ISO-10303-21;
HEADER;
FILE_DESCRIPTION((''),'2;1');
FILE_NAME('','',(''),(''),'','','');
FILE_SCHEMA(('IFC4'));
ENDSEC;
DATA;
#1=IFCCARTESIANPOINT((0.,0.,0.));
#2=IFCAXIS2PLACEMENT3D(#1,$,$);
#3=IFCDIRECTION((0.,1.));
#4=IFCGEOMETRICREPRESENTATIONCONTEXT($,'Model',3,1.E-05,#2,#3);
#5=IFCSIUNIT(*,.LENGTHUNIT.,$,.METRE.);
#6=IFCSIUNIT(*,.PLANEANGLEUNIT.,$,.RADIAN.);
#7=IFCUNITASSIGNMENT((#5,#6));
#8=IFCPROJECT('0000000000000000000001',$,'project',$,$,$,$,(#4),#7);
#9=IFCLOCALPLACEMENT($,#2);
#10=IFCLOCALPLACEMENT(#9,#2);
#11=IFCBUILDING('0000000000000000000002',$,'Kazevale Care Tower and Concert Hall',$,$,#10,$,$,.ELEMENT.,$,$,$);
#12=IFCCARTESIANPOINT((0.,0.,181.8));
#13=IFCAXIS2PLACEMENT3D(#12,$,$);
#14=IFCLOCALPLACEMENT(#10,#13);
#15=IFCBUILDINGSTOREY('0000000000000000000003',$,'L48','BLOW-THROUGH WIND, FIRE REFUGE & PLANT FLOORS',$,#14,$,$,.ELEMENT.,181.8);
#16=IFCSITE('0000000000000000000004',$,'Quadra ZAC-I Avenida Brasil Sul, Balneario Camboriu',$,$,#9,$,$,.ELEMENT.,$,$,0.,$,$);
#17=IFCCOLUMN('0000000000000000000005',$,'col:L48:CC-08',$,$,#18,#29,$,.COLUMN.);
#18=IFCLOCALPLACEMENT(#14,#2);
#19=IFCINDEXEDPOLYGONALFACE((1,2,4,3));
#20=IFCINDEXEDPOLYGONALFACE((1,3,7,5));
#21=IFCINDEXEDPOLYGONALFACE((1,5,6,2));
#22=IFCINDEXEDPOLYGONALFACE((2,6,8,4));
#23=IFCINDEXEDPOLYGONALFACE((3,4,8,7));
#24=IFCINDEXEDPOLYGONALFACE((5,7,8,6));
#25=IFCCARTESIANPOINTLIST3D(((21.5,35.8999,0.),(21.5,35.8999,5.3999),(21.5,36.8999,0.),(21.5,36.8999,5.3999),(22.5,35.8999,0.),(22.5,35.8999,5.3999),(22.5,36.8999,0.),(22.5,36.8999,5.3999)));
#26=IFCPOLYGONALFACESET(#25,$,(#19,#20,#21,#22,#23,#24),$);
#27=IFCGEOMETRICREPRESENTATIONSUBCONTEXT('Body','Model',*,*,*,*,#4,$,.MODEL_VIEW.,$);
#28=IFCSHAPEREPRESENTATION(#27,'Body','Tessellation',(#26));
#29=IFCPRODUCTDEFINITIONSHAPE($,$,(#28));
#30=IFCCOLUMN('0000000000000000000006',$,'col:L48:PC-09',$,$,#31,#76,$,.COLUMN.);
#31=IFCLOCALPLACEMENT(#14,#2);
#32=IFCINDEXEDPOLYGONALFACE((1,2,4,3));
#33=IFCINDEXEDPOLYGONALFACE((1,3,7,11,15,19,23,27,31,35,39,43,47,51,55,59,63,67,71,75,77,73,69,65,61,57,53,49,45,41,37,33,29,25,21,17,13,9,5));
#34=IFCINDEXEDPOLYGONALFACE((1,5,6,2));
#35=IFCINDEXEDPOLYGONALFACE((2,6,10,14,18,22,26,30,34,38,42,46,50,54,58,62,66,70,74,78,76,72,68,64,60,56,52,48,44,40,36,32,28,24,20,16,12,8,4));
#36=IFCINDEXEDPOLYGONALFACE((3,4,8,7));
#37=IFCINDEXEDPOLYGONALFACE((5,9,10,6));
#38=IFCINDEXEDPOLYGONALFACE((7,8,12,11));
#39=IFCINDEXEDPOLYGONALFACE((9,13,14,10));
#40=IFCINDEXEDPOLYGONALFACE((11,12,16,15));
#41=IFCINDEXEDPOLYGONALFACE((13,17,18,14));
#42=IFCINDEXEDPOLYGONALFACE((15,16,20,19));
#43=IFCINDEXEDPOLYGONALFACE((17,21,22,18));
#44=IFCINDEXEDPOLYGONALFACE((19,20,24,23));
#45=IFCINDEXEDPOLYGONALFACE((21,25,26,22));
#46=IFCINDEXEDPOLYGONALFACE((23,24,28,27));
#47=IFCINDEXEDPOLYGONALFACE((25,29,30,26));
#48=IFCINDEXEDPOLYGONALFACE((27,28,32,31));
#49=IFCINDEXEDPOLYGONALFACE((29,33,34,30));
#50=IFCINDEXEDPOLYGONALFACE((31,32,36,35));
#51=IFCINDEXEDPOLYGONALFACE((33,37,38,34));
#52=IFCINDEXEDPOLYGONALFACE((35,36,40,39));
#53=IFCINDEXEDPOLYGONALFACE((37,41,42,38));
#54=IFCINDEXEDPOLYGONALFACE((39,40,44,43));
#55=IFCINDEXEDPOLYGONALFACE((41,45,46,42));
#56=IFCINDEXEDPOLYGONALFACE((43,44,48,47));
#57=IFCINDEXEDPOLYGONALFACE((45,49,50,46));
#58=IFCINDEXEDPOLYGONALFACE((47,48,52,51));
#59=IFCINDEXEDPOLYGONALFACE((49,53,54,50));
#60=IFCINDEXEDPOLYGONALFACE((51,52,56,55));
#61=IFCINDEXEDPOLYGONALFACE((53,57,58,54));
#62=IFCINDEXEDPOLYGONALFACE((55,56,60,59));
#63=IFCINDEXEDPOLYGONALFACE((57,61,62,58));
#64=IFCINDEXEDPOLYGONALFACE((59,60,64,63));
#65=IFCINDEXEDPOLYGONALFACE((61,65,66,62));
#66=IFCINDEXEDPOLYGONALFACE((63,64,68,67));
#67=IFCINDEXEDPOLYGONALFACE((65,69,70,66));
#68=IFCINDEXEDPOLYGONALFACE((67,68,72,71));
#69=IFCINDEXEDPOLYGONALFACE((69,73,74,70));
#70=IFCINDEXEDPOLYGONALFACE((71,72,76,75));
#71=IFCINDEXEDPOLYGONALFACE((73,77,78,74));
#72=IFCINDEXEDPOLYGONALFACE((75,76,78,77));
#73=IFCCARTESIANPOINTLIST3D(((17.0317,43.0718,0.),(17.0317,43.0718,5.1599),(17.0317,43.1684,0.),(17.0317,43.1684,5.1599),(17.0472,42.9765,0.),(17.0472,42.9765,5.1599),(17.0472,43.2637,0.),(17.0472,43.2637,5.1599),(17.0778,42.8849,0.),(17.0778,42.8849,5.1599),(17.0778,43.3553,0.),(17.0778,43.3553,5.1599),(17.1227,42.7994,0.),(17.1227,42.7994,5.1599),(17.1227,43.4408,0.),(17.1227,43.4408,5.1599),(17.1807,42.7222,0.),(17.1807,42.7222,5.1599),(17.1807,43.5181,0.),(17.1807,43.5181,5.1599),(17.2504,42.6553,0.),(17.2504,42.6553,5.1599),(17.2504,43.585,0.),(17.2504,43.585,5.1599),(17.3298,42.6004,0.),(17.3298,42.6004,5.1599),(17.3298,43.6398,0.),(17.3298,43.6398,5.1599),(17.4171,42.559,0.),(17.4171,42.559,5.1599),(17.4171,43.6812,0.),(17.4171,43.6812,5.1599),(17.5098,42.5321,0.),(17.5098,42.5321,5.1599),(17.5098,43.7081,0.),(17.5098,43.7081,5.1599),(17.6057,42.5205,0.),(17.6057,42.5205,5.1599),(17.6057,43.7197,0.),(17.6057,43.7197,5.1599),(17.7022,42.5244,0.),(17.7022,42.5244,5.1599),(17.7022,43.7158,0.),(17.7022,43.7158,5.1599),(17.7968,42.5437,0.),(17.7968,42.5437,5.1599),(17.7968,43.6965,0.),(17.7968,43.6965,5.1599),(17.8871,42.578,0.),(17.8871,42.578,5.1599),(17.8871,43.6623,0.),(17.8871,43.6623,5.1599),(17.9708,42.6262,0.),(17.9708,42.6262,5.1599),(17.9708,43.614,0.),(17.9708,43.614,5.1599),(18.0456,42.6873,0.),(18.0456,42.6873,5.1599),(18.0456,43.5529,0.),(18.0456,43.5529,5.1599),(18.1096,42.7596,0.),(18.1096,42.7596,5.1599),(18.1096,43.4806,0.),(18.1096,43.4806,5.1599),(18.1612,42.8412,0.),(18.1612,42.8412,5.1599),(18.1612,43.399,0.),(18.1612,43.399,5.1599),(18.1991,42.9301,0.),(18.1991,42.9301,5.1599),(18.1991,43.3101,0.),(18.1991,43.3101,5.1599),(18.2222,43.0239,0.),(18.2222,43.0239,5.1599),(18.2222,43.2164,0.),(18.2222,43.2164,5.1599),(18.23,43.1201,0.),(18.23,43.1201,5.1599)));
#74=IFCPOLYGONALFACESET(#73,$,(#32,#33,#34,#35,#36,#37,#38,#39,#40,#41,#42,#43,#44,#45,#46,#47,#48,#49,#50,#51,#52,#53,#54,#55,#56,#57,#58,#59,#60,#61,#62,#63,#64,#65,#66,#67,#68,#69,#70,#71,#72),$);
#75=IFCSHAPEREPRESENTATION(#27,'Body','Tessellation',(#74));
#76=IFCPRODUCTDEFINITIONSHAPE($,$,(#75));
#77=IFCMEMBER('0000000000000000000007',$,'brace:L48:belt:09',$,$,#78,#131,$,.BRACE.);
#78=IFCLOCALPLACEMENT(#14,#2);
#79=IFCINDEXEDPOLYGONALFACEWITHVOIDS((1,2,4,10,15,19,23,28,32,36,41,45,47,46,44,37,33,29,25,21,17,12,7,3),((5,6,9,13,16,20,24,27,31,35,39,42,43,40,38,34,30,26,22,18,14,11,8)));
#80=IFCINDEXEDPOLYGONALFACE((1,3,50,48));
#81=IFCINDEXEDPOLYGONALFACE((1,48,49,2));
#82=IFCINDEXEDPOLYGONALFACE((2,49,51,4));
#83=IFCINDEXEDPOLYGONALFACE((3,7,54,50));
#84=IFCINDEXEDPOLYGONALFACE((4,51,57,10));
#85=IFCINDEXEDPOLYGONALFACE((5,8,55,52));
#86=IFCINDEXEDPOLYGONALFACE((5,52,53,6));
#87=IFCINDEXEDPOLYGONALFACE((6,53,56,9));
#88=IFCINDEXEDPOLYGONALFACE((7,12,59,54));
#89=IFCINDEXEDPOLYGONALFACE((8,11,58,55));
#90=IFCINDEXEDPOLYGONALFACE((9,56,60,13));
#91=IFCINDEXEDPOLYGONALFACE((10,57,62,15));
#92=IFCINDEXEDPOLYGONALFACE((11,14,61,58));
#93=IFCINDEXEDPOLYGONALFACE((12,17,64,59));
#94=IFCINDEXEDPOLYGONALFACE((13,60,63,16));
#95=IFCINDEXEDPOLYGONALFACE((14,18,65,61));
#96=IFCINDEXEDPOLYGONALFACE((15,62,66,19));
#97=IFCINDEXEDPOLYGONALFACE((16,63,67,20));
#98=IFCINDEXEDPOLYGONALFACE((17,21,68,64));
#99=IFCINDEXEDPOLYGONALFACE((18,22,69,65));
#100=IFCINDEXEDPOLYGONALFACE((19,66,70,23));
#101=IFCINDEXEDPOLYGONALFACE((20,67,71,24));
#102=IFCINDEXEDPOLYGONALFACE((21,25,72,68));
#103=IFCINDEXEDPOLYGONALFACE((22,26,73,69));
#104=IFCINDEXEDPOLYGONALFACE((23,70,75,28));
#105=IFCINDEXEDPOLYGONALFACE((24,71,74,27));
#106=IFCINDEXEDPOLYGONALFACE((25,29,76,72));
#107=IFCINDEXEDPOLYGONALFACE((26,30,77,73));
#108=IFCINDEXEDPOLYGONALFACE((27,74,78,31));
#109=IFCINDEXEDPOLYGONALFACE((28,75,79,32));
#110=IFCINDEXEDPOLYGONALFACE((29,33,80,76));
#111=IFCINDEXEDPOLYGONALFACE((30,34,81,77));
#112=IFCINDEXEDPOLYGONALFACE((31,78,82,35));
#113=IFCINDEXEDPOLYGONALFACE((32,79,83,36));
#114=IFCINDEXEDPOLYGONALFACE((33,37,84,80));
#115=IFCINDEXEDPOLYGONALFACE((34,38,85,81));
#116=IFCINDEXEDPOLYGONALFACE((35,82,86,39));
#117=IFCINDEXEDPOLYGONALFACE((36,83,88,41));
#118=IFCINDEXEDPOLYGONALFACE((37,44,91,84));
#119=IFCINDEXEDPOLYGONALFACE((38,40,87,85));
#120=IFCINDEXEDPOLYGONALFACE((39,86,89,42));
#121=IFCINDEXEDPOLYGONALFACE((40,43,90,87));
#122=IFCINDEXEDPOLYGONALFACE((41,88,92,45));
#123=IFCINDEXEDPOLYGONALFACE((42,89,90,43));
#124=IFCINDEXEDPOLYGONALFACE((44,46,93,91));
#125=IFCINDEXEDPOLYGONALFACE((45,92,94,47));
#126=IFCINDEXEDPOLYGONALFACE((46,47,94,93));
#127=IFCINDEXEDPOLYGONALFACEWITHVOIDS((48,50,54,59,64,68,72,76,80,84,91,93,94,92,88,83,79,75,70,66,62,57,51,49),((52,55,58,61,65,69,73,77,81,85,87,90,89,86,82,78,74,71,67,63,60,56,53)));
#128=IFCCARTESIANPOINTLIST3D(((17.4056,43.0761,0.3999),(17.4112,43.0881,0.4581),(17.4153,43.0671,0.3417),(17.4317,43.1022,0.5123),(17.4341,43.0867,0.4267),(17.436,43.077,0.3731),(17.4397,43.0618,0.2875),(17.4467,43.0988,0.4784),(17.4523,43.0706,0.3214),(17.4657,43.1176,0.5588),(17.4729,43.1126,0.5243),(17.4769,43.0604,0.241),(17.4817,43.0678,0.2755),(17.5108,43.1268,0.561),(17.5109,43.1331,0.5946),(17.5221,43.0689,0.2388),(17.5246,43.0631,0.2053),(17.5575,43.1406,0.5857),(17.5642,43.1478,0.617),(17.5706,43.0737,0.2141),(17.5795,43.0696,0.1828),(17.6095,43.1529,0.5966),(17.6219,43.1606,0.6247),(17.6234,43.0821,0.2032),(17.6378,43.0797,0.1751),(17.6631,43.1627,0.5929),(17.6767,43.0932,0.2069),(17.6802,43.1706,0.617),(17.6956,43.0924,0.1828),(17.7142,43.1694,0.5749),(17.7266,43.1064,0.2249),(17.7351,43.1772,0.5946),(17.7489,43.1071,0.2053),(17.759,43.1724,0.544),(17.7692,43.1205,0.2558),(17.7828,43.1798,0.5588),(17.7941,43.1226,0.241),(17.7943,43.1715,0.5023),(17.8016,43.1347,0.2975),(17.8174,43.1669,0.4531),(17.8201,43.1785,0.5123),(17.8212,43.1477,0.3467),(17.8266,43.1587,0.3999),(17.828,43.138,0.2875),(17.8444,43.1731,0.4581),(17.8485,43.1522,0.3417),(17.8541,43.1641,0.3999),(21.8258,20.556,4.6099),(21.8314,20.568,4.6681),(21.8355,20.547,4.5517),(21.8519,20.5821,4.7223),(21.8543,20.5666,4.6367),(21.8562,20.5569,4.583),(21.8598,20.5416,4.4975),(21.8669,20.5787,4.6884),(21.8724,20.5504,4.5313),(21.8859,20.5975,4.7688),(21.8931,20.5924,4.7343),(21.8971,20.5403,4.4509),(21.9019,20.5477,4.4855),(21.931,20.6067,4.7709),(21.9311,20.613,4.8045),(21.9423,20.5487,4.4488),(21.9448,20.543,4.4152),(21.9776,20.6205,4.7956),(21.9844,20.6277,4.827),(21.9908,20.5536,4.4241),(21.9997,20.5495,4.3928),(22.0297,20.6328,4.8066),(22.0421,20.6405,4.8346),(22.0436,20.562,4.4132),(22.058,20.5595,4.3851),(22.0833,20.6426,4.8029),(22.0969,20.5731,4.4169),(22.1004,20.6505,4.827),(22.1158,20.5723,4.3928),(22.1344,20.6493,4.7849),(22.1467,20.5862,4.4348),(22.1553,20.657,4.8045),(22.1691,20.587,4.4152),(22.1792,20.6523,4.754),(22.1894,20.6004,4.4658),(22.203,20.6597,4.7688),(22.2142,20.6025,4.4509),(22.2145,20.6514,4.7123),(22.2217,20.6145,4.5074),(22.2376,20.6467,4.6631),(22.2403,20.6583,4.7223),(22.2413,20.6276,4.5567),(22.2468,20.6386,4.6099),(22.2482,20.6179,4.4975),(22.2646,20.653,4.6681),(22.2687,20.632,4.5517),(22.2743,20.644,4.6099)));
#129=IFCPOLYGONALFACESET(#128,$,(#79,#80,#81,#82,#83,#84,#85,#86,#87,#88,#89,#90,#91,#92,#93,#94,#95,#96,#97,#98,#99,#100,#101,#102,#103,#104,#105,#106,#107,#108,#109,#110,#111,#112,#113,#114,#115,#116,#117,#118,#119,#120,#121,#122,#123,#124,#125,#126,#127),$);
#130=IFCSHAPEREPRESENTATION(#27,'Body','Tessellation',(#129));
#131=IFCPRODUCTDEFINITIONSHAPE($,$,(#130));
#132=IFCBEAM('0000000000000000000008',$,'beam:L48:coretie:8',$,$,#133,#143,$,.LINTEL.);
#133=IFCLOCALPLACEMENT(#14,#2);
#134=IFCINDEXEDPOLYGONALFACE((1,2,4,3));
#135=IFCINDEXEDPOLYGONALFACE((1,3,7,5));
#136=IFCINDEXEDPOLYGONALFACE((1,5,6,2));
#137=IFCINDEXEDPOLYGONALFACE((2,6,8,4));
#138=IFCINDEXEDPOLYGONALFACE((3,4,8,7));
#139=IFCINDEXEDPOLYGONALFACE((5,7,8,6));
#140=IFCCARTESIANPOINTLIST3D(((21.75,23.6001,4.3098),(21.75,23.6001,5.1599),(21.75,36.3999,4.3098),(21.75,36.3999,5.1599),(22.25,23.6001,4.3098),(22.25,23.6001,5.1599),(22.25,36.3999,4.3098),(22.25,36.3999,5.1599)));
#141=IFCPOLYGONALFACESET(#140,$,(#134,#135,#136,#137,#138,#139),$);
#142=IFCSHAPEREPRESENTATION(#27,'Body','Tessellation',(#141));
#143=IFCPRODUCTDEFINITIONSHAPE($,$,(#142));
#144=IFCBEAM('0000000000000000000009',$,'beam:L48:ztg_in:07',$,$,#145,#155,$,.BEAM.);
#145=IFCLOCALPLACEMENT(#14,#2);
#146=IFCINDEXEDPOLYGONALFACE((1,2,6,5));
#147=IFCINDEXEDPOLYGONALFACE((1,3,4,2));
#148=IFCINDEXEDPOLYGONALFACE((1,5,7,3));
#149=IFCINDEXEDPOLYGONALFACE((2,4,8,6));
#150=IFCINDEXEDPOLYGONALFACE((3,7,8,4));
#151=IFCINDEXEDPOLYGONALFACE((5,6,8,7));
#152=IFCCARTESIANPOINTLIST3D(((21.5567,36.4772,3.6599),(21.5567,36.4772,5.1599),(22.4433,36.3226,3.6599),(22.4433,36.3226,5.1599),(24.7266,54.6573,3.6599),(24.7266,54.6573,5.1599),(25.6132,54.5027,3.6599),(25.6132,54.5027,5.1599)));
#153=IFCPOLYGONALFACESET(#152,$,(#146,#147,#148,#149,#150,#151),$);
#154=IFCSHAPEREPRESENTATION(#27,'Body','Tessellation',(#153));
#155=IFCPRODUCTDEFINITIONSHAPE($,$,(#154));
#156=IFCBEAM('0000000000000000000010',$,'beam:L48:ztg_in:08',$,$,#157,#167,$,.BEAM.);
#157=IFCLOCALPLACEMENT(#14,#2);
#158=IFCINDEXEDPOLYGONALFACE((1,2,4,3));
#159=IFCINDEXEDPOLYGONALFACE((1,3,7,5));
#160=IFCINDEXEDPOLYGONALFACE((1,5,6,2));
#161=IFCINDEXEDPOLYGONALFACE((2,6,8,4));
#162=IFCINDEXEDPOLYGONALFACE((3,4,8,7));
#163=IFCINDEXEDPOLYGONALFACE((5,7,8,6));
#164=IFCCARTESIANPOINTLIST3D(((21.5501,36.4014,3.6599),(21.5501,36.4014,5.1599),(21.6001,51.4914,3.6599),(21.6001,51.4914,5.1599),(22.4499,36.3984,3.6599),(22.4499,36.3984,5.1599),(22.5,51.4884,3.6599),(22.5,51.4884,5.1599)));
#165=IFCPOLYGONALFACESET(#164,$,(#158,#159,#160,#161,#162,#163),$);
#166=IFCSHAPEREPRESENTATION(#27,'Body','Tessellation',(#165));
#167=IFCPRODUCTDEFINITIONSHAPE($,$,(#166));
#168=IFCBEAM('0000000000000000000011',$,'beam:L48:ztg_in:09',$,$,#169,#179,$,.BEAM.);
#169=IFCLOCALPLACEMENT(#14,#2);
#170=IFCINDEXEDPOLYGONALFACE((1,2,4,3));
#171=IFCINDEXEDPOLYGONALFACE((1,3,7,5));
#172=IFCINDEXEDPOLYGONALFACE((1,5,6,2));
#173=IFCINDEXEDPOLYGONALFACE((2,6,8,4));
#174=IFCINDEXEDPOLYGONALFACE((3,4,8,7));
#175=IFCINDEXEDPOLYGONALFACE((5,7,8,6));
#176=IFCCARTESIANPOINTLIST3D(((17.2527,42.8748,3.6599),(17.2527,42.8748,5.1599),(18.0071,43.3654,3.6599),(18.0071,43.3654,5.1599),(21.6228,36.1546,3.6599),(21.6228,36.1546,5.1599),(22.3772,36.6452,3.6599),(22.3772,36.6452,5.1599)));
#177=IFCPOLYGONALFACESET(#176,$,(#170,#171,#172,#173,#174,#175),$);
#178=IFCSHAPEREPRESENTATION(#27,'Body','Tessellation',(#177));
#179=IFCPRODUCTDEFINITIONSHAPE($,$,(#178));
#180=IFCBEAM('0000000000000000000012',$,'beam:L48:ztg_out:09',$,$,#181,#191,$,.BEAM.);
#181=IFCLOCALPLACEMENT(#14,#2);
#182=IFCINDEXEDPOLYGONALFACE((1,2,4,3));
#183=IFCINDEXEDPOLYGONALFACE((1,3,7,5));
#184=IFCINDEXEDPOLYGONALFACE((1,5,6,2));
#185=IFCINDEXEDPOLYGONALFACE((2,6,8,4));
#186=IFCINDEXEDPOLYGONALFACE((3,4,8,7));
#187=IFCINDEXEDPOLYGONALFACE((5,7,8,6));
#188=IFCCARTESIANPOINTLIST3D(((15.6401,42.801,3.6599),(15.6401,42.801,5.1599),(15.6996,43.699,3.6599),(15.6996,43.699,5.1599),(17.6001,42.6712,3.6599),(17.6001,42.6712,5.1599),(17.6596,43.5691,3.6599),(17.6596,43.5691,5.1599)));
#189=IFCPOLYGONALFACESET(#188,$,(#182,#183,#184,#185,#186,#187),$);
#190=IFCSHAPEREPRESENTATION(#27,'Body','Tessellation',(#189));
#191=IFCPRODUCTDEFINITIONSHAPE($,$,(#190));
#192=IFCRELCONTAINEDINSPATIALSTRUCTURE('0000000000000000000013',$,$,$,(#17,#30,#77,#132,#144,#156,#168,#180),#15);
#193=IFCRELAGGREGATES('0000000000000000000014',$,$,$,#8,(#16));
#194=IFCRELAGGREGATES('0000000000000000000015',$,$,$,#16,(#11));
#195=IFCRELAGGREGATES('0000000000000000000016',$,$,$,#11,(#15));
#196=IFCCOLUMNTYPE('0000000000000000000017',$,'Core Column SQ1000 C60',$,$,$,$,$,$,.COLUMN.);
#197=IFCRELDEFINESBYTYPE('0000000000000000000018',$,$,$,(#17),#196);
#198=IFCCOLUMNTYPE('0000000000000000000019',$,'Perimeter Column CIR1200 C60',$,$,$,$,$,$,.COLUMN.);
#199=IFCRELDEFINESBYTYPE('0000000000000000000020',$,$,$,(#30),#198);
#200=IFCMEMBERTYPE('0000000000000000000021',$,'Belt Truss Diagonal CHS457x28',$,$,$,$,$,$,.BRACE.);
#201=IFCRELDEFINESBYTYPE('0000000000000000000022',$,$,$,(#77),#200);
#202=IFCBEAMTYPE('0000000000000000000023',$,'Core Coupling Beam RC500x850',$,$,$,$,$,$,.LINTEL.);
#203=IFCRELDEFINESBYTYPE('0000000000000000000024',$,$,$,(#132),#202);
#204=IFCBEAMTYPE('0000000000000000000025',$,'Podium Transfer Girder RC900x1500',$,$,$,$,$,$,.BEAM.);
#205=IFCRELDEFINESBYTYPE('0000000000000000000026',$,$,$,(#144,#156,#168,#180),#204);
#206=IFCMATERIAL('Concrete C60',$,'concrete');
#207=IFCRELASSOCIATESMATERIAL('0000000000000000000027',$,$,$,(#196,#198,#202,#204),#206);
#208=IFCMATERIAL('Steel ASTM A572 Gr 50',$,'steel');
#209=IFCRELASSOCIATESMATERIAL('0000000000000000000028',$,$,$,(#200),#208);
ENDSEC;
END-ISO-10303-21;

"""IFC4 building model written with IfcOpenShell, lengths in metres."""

from ifc_helpers import new_model, si_unit, direction, frame, origin, origin_2d, place, context, subcontext, project, spatial, rectangle, circle, hollow_circle, extrude, material, material_profile, profile_set, type_object, element, save


model = new_model("IFC4")

# Units and contexts
model_context = context("Model", 3, precision=1e-05, world=origin(), true_north=direction((0.0, 1.0)))
body_context = subcontext(model_context, "Body", "Model", "MODEL_VIEW")
ifc_project = project(units=[si_unit("LENGTHUNIT", "METRE"), si_unit("PLANEANGLEUNIT", "RADIAN")], contexts=[model_context])

# Site, building, storey
site_placement = place(None, origin())
site = spatial("IfcSite", under=ifc_project, at=site_placement, Name="Quadra ZAC-I Avenida Brasil Sul, Balneario Camboriu", CompositionType="ELEMENT", RefElevation=0.0)
building_placement = place(site_placement, origin())
building = spatial("IfcBuilding", under=site, at=building_placement, Name="Kazevale Care Tower and Concert Hall", CompositionType="ELEMENT")
storey_placement = place(building_placement, frame((0.0, 0.0, 181.8)))
storey = spatial("IfcBuildingStorey", under=building, at=storey_placement, Name="L48", Description="BLOW-THROUGH WIND, FIRE REFUGE & PLANT FLOORS", CompositionType="ELEMENT", Elevation=181.8)

# Columns
ifc_material_1 = material(Name="Concrete C60", Category="concrete")
ifc_material_profile_1 = material_profile(ifc_material_1, rectangle(XDim=1.0, YDim=1.0, at=origin_2d()), Name="RC-SQ1000")
ifc_profile_set_1 = profile_set([ifc_material_profile_1], Name="Concrete C60")
column_type_1 = type_object("IfcColumnType", Name="Core Column SQ1000 C60", PredefinedType="COLUMN", material=ifc_profile_set_1)
column_1_placement = place(storey_placement, frame((22.0, 36.3999, 0.0), z_axis=(0.0, 0.0, 1.0), x_axis=(1.0, 0.0, 0.0)))
element("IfcColumn", 1, at=column_1_placement, inside=storey, type_object=column_type_1, Name="col:L48:CC-08", PredefinedType="COLUMN", context=body_context, shape_type="SweptSolid", body=[
    extrude(rectangle(XDim=1.0, YDim=1.0, at=origin_2d()), origin(), (0.0, 0.0, 1.0), 5.3999),
])
ifc_material_profile_2 = material_profile(ifc_material_1, circle(Radius=0.6001, at=origin_2d()), Name="RC-CIR1200")
ifc_profile_set_2 = profile_set([ifc_material_profile_2], Name="Concrete C60")
column_type_2 = type_object("IfcColumnType", Name="Perimeter Column CIR1200 C60", PredefinedType="COLUMN", material=ifc_profile_set_2)
column_2_placement = place(storey_placement, frame((17.6299, 43.1201, 0.0), z_axis=(0.0, 0.0, 1.0), x_axis=(1.0, 0.0, 0.0)))
element("IfcColumn", 2, at=column_2_placement, inside=storey, type_object=column_type_2, Name="col:L48:PC-09", PredefinedType="COLUMN", context=body_context, shape_type="SweptSolid", body=[
    extrude(circle(Radius=0.6001, at=origin_2d()), origin(), (0.0, 0.0, 1.0), 5.1599),
])

# Member
ifc_material_2 = material(Name="Steel ASTM A572 Gr 50", Category="steel")
ifc_material_profile_3 = material_profile(ifc_material_2, hollow_circle(Radius=0.2285, WallThickness=0.0281, at=origin_2d()), Name="CHS457x28")
ifc_profile_set_3 = profile_set([ifc_material_profile_3], Name="Steel ASTM A572 Gr 50")
member_type = type_object("IfcMemberType", Name="Belt Truss Diagonal CHS457x28", PredefinedType="BRACE", material=ifc_profile_set_3)
member_placement = place(storey_placement, frame((17.6299, 43.1201, 0.3999), z_axis=(0.189441, -0.965172, 0.180432), x_axis=(0.981277, 0.192602, 0.0)))
element("IfcMember", 3, at=member_placement, inside=storey, type_object=member_type, Name="brace:L48:belt:09", PredefinedType="BRACE", context=body_context, shape_type="SweptSolid", body=[
    extrude(hollow_circle(Radius=0.2285, WallThickness=0.0281, at=origin_2d()), origin(), (0.0, 0.0, 1.0), 23.3328),
])

# Beams
ifc_material_profile_4 = material_profile(ifc_material_1, rectangle(XDim=0.5, YDim=0.8501, at=origin_2d()), Name="RC-B500x850")
ifc_profile_set_4 = profile_set([ifc_material_profile_4], Name="Concrete C60")
beam_type_1 = type_object("IfcBeamType", Name="Core Coupling Beam RC500x850", PredefinedType="LINTEL", material=ifc_profile_set_4)
beam_1_placement = place(storey_placement, frame((22.0, 36.3999, 4.7349), z_axis=(0.0, -1.0, 0.0), x_axis=(1.0, 0.0, 0.0)))
element("IfcBeam", 4, at=beam_1_placement, inside=storey, type_object=beam_type_1, Name="beam:L48:coretie:8", PredefinedType="LINTEL", context=body_context, shape_type="SweptSolid", body=[
    extrude(rectangle(XDim=0.5, YDim=0.8501, at=origin_2d()), origin(), (0.0, 0.0, 1.0), 12.7998),
])
ifc_material_profile_5 = material_profile(ifc_material_1, rectangle(XDim=0.8999, YDim=1.5, at=origin_2d()), Name="RC-TG900x1500")
ifc_profile_set_5 = profile_set([ifc_material_profile_5], Name="Concrete C60")
beam_type_2 = type_object("IfcBeamType", Name="Podium Transfer Girder RC900x1500", PredefinedType="BEAM", material=ifc_profile_set_5)
beam_2_placement = place(storey_placement, frame((22.0, 36.3999, 4.4099), z_axis=(0.17177, 0.985137, 0.0), x_axis=(-0.985137, 0.17177, 0.0)))
element("IfcBeam", 5, at=beam_2_placement, inside=storey, type_object=beam_type_2, Name="beam:L48:ztg_in:07", PredefinedType="BEAM", context=body_context, shape_type="SweptSolid", body=[
    extrude(rectangle(XDim=0.8999, YDim=1.5, at=origin_2d()), origin(), (0.0, 0.0, 1.0), 18.4543),
])
beam_3_placement = place(storey_placement, frame((22.0, 36.3999, 4.4099), z_axis=(0.003317, 0.999994, 0.0), x_axis=(-0.999994, 0.003317, 0.0)))
element("IfcBeam", 6, at=beam_3_placement, inside=storey, type_object=beam_type_2, Name="beam:L48:ztg_in:08", PredefinedType="BEAM", context=body_context, shape_type="SweptSolid", body=[
    extrude(rectangle(XDim=0.8999, YDim=1.5, at=origin_2d()), origin(), (0.0, 0.0, 1.0), 15.0901),
])
beam_4_placement = place(storey_placement, frame((22.0, 36.3999, 4.4099), z_axis=(-0.545162, 0.838331, 0.0), x_axis=(-0.838331, -0.545162, 0.0)))
element("IfcBeam", 7, at=beam_4_placement, inside=storey, type_object=beam_type_2, Name="beam:L48:ztg_in:09", PredefinedType="BEAM", context=body_context, shape_type="SweptSolid", body=[
    extrude(rectangle(XDim=0.8999, YDim=1.5, at=origin_2d()), origin(), (0.0, 0.0, 1.0), 8.0161),
])
beam_5_placement = place(storey_placement, frame((17.6299, 43.1201, 4.4099), z_axis=(-0.997811, 0.066123, 0.0), x_axis=(-0.066123, -0.997811, 0.0)))
element("IfcBeam", 8, at=beam_5_placement, inside=storey, type_object=beam_type_2, Name="beam:L48:ztg_out:09", PredefinedType="BEAM", context=body_context, shape_type="SweptSolid", body=[
    extrude(rectangle(XDim=0.8999, YDim=1.5, at=origin_2d()), origin(), (0.0, 0.0, 1.0), 1.9644),
])

save(model, "model.ifc")
